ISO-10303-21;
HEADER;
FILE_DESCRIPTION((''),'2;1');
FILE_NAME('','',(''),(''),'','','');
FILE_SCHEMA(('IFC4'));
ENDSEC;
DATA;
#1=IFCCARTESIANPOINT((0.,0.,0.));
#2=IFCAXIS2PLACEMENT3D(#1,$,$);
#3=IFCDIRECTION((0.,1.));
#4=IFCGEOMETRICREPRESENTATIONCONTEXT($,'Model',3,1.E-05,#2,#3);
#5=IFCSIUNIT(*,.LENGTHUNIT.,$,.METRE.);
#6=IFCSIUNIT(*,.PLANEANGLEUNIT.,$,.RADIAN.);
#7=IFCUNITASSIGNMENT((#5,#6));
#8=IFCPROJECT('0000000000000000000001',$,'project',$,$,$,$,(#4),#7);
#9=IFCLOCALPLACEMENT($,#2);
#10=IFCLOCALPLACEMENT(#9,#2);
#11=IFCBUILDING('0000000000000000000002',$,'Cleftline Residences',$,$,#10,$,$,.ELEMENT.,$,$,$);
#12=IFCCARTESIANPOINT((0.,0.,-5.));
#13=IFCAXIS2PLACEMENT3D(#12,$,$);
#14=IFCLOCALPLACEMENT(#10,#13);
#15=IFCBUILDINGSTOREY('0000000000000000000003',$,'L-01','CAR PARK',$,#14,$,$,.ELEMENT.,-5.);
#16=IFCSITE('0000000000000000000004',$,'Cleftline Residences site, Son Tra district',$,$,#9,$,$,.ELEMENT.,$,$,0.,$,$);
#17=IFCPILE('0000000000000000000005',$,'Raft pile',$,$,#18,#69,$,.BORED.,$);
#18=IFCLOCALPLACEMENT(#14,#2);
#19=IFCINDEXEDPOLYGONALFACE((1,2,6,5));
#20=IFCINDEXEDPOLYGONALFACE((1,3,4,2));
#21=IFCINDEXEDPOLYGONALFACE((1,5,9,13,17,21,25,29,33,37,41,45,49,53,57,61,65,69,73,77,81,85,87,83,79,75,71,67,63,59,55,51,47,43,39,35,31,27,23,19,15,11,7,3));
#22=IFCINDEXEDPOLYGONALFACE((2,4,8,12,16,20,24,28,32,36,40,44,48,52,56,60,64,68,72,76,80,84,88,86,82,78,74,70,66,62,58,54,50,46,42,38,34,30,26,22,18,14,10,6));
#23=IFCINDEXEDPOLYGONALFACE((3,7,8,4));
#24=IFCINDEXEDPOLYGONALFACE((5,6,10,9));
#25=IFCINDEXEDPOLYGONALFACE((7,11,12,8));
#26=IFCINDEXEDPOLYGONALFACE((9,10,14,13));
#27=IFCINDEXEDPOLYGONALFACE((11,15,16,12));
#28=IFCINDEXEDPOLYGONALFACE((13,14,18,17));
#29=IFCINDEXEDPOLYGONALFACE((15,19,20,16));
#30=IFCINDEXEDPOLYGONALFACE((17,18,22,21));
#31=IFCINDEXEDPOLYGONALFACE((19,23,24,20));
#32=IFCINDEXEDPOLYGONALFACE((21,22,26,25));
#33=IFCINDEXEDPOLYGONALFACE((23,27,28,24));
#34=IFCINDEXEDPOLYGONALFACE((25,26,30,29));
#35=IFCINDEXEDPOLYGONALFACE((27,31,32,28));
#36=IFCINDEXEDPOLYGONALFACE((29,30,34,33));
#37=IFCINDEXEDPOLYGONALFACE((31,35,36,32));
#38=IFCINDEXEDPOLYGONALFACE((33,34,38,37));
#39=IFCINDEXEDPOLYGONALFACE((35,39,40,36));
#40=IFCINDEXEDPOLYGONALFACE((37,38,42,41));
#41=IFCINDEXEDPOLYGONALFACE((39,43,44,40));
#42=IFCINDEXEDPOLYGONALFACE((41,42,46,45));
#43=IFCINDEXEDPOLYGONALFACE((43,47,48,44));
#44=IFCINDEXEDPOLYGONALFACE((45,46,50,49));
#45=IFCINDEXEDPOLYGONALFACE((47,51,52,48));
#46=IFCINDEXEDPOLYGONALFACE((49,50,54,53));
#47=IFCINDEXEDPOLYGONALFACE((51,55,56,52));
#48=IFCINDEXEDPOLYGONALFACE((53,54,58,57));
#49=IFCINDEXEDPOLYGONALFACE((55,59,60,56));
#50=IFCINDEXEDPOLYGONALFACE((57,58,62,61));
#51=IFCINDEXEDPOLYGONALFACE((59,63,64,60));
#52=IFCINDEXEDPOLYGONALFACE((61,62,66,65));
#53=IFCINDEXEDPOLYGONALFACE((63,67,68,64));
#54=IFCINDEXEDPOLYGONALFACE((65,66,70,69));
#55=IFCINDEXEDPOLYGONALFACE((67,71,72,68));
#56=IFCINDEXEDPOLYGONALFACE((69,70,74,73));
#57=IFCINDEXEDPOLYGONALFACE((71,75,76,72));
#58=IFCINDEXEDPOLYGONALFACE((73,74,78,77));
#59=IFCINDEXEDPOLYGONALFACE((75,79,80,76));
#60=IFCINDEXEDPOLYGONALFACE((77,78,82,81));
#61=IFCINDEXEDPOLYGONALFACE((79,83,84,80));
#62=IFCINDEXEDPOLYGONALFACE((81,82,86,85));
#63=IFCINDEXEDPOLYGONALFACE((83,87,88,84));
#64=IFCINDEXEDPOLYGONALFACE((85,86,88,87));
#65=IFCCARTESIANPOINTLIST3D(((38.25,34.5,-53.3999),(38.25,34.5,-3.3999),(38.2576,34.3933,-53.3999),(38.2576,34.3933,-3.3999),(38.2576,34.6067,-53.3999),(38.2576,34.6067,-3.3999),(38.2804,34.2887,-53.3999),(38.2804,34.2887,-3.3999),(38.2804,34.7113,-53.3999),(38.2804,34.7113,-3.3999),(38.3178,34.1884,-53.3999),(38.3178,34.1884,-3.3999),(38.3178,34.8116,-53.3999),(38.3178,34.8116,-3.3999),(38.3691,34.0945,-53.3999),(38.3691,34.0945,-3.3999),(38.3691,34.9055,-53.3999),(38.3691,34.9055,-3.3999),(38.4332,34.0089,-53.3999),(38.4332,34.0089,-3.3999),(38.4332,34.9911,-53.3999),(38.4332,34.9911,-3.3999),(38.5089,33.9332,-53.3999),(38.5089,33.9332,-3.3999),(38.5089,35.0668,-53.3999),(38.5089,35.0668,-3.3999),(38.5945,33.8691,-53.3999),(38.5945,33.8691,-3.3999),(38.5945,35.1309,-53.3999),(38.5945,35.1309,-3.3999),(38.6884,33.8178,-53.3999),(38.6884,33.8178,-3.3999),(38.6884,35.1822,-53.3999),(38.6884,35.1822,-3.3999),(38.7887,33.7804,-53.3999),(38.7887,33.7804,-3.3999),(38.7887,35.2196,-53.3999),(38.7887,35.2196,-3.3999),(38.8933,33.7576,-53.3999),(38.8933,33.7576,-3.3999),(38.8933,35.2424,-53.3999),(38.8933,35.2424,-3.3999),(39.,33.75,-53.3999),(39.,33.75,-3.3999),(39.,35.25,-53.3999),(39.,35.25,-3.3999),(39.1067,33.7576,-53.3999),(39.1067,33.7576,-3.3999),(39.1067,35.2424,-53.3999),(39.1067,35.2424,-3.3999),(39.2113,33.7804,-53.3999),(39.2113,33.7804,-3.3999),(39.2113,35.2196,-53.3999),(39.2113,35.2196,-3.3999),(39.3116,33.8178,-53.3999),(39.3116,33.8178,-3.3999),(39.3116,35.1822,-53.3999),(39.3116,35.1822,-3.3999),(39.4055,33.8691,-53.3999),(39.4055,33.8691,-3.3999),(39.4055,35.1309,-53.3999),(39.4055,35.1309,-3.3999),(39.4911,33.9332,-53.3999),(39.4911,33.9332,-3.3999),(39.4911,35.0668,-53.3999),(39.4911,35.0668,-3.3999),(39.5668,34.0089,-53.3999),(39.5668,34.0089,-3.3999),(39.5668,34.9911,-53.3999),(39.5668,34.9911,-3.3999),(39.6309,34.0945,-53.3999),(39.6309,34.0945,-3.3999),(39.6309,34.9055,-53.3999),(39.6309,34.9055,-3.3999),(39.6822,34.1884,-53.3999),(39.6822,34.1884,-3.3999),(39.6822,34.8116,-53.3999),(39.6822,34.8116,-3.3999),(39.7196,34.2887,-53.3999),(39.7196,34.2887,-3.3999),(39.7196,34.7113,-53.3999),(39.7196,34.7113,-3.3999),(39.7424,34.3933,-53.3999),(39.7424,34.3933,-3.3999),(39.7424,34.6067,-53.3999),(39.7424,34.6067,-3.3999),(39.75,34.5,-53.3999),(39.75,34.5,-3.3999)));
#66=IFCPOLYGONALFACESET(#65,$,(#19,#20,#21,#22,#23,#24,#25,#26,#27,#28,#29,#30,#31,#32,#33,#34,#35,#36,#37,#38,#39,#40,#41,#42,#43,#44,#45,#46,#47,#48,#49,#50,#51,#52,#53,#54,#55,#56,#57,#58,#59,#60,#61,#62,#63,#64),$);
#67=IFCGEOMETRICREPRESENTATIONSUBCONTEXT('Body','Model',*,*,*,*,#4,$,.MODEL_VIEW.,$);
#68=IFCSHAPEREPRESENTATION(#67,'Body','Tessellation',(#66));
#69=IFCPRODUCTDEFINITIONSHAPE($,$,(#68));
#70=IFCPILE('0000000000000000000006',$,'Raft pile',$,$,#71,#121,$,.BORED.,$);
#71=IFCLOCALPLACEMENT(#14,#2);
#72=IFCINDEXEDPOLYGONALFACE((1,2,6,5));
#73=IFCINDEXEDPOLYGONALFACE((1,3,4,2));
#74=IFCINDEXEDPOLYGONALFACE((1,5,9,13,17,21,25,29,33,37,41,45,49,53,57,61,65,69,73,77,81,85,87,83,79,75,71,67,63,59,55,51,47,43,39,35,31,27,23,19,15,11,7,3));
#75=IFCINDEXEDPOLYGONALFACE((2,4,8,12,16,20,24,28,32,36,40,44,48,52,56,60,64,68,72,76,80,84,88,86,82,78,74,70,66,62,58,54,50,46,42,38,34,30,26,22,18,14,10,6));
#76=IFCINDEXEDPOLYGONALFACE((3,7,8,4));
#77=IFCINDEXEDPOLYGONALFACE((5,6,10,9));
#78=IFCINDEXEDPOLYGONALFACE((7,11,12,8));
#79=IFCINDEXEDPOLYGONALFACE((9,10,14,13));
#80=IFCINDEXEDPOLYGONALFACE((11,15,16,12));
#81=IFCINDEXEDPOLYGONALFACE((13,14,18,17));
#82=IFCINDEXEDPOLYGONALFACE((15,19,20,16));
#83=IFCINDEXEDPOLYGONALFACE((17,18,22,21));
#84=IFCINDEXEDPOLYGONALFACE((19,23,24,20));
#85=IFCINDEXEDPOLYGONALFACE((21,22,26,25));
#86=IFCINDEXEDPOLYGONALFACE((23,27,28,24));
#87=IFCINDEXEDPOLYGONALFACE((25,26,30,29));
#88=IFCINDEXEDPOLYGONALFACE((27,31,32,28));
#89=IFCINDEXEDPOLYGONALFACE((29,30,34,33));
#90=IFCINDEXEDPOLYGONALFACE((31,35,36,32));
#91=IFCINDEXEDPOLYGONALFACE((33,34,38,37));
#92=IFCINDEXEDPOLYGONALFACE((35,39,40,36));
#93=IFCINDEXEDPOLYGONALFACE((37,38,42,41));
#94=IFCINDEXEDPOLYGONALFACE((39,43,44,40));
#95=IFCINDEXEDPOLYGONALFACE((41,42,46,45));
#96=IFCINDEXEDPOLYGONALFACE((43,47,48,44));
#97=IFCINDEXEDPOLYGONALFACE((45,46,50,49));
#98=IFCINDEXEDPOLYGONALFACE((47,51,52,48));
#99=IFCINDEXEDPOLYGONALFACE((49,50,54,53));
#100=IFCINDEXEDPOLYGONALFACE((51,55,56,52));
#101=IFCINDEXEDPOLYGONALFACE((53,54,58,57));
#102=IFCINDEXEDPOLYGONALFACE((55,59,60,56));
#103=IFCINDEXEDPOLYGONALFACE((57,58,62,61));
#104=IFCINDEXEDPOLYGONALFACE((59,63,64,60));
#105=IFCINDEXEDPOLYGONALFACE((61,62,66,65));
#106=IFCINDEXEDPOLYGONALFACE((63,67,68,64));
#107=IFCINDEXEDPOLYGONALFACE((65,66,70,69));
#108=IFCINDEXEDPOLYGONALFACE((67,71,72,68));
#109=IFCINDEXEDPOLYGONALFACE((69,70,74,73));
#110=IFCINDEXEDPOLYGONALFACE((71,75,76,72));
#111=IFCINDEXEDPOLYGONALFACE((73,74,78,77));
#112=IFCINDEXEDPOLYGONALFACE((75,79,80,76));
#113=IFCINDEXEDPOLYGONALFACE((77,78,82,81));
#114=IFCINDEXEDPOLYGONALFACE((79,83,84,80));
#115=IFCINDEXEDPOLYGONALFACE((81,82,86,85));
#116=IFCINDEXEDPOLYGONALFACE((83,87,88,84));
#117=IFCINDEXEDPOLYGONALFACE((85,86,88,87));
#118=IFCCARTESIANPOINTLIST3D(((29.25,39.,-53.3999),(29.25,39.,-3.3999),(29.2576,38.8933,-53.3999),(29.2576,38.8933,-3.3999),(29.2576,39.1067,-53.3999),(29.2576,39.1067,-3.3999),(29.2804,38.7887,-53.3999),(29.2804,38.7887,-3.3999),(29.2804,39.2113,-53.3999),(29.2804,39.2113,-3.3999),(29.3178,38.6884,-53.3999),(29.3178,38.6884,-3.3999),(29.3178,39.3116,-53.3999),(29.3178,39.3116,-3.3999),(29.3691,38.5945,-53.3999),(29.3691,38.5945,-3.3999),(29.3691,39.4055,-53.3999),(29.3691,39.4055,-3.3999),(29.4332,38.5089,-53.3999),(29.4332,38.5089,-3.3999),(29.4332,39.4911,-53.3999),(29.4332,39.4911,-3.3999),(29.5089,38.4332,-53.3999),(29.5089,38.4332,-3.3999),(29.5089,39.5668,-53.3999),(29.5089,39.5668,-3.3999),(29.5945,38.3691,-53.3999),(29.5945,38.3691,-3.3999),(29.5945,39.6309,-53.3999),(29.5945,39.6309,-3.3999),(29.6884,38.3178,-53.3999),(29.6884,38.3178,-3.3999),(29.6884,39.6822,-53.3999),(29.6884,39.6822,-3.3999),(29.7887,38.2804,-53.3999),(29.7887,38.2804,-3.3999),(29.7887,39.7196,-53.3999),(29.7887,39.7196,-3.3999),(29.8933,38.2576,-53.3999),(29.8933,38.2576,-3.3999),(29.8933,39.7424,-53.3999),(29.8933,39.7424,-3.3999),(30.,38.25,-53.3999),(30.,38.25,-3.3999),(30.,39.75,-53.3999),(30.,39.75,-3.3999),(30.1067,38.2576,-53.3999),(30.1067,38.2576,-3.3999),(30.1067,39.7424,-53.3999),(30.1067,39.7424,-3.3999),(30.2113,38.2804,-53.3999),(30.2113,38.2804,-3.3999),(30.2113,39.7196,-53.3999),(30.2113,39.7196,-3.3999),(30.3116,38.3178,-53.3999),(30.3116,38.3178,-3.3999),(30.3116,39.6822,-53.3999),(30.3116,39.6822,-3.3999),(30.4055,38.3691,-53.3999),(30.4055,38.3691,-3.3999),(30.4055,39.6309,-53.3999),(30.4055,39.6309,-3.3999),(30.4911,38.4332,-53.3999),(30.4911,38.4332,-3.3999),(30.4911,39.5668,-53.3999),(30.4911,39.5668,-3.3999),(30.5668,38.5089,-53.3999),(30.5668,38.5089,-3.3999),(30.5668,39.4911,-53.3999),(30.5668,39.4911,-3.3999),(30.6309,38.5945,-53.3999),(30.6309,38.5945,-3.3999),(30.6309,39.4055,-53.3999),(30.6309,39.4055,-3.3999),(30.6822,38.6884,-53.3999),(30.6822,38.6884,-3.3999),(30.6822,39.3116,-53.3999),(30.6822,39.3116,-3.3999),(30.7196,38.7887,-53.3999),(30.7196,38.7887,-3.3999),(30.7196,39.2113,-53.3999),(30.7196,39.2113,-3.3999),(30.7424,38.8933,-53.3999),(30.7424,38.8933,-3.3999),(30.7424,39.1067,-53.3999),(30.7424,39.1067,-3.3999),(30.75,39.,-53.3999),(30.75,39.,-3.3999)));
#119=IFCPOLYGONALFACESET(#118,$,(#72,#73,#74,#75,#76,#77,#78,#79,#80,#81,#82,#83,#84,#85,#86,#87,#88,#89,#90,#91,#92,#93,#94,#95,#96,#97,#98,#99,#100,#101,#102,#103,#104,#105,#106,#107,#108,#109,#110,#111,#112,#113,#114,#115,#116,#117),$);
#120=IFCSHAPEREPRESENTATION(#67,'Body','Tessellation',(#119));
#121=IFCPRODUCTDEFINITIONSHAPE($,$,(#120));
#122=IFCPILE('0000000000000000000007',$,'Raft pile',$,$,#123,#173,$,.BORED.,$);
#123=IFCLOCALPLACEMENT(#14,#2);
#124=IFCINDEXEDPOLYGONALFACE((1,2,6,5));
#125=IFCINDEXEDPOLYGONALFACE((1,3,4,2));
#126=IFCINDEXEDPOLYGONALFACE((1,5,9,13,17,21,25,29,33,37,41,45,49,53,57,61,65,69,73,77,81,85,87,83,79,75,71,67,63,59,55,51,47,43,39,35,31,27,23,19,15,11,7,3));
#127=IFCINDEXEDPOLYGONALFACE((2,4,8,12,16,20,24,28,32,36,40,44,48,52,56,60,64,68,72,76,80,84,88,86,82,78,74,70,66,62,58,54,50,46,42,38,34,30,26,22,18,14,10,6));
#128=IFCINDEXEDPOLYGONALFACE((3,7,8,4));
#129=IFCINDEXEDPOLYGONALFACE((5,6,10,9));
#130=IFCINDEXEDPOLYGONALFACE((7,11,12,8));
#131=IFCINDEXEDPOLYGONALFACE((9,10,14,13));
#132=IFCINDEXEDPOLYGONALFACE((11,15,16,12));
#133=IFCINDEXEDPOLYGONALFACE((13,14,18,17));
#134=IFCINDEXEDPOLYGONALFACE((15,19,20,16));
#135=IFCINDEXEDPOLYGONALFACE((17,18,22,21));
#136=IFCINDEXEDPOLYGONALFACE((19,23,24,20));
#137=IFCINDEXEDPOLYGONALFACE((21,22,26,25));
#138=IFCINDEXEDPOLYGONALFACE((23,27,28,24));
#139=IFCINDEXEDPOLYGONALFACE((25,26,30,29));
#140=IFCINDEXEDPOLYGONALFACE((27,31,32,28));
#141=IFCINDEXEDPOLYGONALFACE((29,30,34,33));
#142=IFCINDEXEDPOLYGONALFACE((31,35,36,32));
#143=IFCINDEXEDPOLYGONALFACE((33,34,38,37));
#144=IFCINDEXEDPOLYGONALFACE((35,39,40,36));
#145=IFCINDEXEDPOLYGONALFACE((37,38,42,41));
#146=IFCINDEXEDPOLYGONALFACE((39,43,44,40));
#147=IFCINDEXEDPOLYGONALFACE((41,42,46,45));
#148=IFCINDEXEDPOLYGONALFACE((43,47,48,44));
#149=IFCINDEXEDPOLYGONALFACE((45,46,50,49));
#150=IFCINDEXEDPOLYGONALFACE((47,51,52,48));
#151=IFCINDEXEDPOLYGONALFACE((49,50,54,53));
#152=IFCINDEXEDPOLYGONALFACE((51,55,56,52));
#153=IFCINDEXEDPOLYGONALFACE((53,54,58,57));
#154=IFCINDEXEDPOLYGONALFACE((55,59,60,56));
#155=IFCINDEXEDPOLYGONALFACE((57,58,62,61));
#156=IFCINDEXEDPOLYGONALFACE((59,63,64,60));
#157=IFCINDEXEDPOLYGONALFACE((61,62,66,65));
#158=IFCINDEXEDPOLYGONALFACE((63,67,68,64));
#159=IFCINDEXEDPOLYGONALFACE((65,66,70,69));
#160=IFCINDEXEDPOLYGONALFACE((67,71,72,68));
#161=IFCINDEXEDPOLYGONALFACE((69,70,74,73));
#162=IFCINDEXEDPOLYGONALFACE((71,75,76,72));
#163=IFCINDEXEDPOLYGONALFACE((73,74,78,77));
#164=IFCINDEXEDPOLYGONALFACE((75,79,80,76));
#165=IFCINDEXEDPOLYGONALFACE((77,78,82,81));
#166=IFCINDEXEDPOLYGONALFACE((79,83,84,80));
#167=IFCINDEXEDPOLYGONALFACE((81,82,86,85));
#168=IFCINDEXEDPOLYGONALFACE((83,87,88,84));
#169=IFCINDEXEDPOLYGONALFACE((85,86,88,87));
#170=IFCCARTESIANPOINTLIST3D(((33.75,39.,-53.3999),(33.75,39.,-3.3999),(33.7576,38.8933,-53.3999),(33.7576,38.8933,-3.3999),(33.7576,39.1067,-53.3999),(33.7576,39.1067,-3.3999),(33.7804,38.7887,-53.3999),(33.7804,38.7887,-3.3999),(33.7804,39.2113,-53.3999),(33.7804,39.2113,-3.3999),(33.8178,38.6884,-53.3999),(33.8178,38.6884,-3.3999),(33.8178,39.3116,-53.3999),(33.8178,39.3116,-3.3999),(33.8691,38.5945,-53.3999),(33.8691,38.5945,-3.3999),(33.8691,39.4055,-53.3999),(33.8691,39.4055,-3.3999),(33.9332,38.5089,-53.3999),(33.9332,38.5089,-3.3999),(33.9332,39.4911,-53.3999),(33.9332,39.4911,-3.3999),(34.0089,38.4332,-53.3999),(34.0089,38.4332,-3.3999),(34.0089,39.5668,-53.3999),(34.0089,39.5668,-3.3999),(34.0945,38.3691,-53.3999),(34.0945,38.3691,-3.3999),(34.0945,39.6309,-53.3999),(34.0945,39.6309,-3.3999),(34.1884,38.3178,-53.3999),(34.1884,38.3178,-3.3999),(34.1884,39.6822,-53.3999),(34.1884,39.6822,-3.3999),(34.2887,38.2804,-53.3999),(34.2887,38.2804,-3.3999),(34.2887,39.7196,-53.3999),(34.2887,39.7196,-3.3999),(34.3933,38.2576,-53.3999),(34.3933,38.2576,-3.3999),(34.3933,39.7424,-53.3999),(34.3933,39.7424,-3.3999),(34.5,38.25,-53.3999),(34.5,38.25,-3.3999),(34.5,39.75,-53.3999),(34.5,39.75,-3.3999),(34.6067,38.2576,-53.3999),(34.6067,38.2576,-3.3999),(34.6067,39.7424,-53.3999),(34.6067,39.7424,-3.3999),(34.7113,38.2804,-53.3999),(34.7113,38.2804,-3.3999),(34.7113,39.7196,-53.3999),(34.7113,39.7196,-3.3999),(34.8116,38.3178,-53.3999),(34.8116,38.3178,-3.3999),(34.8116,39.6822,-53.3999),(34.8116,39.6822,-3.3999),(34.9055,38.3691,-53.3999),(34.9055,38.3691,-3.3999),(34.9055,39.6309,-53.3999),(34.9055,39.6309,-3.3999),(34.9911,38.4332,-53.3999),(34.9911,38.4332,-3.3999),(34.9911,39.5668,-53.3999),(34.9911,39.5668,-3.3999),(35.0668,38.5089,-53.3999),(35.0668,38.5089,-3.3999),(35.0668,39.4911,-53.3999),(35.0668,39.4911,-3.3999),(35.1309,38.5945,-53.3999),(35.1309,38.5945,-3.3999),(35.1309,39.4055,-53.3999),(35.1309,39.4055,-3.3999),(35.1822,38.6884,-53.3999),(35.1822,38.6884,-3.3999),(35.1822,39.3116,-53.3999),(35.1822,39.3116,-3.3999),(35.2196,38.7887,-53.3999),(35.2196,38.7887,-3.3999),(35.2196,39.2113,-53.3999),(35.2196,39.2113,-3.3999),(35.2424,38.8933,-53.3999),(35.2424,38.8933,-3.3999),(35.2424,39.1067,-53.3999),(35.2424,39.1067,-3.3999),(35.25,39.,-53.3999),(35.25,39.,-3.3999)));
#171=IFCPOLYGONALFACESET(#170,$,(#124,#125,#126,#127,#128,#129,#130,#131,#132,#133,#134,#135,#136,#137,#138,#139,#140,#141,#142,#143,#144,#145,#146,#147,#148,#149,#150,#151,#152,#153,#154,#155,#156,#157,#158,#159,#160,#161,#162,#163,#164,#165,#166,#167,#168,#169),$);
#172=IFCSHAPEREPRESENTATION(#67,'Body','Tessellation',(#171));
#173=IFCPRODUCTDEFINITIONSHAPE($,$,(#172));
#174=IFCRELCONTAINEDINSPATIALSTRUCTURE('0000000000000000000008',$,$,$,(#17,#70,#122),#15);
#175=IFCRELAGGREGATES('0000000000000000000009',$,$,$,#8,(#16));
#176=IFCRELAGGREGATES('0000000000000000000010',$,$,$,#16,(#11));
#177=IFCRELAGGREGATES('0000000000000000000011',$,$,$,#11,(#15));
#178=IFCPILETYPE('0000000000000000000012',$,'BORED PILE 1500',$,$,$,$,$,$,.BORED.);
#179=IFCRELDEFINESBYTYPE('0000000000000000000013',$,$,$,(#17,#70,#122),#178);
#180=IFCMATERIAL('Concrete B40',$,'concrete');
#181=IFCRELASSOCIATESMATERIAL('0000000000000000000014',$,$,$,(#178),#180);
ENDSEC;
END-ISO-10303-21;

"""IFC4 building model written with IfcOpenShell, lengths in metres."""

from ifc_helpers import new_model, si_unit, direction, frame, origin, origin_2d, place, context, subcontext, project, spatial, circle, extrude, material, material_profile, profile_set, type_object, element, save


model = new_model("IFC4")

# Units and contexts
model_context = context("Model", 3, precision=1e-05, world=origin(), true_north=direction((0.0, 1.0)))
body_context = subcontext(model_context, "Body", "Model", "MODEL_VIEW")
ifc_project = project(units=[si_unit("LENGTHUNIT", "METRE"), si_unit("PLANEANGLEUNIT", "RADIAN")], contexts=[model_context])

# Site, building, storey
site_placement = place(None, origin())
site = spatial("IfcSite", under=ifc_project, at=site_placement, Name="Cleftline Residences site, Son Tra district", CompositionType="ELEMENT", RefElevation=0.0)
building_placement = place(site_placement, origin())
building = spatial("IfcBuilding", under=site, at=building_placement, Name="Cleftline Residences", CompositionType="ELEMENT")
storey_placement = place(building_placement, frame((0.0, 0.0, -5.0)))
storey = spatial("IfcBuildingStorey", under=building, at=storey_placement, Name="L-01", Description="CAR PARK", CompositionType="ELEMENT", Elevation=-5.0)

# Piles
ifc_material_1 = material(Name="Concrete B40", Category="concrete")
ifc_material_profile = material_profile(ifc_material_1, circle(Radius=0.75, at=origin_2d()))
ifc_profile_set = profile_set([ifc_material_profile], Name="Concrete B40")
pile_type = type_object("IfcPileType", Name="BORED PILE 1500", PredefinedType="BORED", material=ifc_profile_set)
for number, where, z_axis, x_axis, name in (
    (1, (39.0, 34.5, -3.3999), (0.0, 0.0, -1.0), (1.0, 0.0, 0.0), "Raft pile"),
    (2, (30.0, 39.0, -3.3999), (0.0, 0.0, -1.0), (1.0, 0.0, 0.0), "Raft pile"),
    (3, (34.5, 39.0, -3.3999), (0.0, 0.0, -1.0), (1.0, 0.0, 0.0), "Raft pile"),
):
    element("IfcPile", number, at=place(storey_placement, frame(where, z_axis=z_axis, x_axis=x_axis)), inside=storey, type_object=pile_type, Name=name, PredefinedType="BORED", context=body_context, shape_type="SweptSolid", body=[
        extrude(circle(Radius=0.75, at=origin_2d()), origin(), (0.0, 0.0, 1.0), 50.0),
    ])

save(model, "model.ifc")
